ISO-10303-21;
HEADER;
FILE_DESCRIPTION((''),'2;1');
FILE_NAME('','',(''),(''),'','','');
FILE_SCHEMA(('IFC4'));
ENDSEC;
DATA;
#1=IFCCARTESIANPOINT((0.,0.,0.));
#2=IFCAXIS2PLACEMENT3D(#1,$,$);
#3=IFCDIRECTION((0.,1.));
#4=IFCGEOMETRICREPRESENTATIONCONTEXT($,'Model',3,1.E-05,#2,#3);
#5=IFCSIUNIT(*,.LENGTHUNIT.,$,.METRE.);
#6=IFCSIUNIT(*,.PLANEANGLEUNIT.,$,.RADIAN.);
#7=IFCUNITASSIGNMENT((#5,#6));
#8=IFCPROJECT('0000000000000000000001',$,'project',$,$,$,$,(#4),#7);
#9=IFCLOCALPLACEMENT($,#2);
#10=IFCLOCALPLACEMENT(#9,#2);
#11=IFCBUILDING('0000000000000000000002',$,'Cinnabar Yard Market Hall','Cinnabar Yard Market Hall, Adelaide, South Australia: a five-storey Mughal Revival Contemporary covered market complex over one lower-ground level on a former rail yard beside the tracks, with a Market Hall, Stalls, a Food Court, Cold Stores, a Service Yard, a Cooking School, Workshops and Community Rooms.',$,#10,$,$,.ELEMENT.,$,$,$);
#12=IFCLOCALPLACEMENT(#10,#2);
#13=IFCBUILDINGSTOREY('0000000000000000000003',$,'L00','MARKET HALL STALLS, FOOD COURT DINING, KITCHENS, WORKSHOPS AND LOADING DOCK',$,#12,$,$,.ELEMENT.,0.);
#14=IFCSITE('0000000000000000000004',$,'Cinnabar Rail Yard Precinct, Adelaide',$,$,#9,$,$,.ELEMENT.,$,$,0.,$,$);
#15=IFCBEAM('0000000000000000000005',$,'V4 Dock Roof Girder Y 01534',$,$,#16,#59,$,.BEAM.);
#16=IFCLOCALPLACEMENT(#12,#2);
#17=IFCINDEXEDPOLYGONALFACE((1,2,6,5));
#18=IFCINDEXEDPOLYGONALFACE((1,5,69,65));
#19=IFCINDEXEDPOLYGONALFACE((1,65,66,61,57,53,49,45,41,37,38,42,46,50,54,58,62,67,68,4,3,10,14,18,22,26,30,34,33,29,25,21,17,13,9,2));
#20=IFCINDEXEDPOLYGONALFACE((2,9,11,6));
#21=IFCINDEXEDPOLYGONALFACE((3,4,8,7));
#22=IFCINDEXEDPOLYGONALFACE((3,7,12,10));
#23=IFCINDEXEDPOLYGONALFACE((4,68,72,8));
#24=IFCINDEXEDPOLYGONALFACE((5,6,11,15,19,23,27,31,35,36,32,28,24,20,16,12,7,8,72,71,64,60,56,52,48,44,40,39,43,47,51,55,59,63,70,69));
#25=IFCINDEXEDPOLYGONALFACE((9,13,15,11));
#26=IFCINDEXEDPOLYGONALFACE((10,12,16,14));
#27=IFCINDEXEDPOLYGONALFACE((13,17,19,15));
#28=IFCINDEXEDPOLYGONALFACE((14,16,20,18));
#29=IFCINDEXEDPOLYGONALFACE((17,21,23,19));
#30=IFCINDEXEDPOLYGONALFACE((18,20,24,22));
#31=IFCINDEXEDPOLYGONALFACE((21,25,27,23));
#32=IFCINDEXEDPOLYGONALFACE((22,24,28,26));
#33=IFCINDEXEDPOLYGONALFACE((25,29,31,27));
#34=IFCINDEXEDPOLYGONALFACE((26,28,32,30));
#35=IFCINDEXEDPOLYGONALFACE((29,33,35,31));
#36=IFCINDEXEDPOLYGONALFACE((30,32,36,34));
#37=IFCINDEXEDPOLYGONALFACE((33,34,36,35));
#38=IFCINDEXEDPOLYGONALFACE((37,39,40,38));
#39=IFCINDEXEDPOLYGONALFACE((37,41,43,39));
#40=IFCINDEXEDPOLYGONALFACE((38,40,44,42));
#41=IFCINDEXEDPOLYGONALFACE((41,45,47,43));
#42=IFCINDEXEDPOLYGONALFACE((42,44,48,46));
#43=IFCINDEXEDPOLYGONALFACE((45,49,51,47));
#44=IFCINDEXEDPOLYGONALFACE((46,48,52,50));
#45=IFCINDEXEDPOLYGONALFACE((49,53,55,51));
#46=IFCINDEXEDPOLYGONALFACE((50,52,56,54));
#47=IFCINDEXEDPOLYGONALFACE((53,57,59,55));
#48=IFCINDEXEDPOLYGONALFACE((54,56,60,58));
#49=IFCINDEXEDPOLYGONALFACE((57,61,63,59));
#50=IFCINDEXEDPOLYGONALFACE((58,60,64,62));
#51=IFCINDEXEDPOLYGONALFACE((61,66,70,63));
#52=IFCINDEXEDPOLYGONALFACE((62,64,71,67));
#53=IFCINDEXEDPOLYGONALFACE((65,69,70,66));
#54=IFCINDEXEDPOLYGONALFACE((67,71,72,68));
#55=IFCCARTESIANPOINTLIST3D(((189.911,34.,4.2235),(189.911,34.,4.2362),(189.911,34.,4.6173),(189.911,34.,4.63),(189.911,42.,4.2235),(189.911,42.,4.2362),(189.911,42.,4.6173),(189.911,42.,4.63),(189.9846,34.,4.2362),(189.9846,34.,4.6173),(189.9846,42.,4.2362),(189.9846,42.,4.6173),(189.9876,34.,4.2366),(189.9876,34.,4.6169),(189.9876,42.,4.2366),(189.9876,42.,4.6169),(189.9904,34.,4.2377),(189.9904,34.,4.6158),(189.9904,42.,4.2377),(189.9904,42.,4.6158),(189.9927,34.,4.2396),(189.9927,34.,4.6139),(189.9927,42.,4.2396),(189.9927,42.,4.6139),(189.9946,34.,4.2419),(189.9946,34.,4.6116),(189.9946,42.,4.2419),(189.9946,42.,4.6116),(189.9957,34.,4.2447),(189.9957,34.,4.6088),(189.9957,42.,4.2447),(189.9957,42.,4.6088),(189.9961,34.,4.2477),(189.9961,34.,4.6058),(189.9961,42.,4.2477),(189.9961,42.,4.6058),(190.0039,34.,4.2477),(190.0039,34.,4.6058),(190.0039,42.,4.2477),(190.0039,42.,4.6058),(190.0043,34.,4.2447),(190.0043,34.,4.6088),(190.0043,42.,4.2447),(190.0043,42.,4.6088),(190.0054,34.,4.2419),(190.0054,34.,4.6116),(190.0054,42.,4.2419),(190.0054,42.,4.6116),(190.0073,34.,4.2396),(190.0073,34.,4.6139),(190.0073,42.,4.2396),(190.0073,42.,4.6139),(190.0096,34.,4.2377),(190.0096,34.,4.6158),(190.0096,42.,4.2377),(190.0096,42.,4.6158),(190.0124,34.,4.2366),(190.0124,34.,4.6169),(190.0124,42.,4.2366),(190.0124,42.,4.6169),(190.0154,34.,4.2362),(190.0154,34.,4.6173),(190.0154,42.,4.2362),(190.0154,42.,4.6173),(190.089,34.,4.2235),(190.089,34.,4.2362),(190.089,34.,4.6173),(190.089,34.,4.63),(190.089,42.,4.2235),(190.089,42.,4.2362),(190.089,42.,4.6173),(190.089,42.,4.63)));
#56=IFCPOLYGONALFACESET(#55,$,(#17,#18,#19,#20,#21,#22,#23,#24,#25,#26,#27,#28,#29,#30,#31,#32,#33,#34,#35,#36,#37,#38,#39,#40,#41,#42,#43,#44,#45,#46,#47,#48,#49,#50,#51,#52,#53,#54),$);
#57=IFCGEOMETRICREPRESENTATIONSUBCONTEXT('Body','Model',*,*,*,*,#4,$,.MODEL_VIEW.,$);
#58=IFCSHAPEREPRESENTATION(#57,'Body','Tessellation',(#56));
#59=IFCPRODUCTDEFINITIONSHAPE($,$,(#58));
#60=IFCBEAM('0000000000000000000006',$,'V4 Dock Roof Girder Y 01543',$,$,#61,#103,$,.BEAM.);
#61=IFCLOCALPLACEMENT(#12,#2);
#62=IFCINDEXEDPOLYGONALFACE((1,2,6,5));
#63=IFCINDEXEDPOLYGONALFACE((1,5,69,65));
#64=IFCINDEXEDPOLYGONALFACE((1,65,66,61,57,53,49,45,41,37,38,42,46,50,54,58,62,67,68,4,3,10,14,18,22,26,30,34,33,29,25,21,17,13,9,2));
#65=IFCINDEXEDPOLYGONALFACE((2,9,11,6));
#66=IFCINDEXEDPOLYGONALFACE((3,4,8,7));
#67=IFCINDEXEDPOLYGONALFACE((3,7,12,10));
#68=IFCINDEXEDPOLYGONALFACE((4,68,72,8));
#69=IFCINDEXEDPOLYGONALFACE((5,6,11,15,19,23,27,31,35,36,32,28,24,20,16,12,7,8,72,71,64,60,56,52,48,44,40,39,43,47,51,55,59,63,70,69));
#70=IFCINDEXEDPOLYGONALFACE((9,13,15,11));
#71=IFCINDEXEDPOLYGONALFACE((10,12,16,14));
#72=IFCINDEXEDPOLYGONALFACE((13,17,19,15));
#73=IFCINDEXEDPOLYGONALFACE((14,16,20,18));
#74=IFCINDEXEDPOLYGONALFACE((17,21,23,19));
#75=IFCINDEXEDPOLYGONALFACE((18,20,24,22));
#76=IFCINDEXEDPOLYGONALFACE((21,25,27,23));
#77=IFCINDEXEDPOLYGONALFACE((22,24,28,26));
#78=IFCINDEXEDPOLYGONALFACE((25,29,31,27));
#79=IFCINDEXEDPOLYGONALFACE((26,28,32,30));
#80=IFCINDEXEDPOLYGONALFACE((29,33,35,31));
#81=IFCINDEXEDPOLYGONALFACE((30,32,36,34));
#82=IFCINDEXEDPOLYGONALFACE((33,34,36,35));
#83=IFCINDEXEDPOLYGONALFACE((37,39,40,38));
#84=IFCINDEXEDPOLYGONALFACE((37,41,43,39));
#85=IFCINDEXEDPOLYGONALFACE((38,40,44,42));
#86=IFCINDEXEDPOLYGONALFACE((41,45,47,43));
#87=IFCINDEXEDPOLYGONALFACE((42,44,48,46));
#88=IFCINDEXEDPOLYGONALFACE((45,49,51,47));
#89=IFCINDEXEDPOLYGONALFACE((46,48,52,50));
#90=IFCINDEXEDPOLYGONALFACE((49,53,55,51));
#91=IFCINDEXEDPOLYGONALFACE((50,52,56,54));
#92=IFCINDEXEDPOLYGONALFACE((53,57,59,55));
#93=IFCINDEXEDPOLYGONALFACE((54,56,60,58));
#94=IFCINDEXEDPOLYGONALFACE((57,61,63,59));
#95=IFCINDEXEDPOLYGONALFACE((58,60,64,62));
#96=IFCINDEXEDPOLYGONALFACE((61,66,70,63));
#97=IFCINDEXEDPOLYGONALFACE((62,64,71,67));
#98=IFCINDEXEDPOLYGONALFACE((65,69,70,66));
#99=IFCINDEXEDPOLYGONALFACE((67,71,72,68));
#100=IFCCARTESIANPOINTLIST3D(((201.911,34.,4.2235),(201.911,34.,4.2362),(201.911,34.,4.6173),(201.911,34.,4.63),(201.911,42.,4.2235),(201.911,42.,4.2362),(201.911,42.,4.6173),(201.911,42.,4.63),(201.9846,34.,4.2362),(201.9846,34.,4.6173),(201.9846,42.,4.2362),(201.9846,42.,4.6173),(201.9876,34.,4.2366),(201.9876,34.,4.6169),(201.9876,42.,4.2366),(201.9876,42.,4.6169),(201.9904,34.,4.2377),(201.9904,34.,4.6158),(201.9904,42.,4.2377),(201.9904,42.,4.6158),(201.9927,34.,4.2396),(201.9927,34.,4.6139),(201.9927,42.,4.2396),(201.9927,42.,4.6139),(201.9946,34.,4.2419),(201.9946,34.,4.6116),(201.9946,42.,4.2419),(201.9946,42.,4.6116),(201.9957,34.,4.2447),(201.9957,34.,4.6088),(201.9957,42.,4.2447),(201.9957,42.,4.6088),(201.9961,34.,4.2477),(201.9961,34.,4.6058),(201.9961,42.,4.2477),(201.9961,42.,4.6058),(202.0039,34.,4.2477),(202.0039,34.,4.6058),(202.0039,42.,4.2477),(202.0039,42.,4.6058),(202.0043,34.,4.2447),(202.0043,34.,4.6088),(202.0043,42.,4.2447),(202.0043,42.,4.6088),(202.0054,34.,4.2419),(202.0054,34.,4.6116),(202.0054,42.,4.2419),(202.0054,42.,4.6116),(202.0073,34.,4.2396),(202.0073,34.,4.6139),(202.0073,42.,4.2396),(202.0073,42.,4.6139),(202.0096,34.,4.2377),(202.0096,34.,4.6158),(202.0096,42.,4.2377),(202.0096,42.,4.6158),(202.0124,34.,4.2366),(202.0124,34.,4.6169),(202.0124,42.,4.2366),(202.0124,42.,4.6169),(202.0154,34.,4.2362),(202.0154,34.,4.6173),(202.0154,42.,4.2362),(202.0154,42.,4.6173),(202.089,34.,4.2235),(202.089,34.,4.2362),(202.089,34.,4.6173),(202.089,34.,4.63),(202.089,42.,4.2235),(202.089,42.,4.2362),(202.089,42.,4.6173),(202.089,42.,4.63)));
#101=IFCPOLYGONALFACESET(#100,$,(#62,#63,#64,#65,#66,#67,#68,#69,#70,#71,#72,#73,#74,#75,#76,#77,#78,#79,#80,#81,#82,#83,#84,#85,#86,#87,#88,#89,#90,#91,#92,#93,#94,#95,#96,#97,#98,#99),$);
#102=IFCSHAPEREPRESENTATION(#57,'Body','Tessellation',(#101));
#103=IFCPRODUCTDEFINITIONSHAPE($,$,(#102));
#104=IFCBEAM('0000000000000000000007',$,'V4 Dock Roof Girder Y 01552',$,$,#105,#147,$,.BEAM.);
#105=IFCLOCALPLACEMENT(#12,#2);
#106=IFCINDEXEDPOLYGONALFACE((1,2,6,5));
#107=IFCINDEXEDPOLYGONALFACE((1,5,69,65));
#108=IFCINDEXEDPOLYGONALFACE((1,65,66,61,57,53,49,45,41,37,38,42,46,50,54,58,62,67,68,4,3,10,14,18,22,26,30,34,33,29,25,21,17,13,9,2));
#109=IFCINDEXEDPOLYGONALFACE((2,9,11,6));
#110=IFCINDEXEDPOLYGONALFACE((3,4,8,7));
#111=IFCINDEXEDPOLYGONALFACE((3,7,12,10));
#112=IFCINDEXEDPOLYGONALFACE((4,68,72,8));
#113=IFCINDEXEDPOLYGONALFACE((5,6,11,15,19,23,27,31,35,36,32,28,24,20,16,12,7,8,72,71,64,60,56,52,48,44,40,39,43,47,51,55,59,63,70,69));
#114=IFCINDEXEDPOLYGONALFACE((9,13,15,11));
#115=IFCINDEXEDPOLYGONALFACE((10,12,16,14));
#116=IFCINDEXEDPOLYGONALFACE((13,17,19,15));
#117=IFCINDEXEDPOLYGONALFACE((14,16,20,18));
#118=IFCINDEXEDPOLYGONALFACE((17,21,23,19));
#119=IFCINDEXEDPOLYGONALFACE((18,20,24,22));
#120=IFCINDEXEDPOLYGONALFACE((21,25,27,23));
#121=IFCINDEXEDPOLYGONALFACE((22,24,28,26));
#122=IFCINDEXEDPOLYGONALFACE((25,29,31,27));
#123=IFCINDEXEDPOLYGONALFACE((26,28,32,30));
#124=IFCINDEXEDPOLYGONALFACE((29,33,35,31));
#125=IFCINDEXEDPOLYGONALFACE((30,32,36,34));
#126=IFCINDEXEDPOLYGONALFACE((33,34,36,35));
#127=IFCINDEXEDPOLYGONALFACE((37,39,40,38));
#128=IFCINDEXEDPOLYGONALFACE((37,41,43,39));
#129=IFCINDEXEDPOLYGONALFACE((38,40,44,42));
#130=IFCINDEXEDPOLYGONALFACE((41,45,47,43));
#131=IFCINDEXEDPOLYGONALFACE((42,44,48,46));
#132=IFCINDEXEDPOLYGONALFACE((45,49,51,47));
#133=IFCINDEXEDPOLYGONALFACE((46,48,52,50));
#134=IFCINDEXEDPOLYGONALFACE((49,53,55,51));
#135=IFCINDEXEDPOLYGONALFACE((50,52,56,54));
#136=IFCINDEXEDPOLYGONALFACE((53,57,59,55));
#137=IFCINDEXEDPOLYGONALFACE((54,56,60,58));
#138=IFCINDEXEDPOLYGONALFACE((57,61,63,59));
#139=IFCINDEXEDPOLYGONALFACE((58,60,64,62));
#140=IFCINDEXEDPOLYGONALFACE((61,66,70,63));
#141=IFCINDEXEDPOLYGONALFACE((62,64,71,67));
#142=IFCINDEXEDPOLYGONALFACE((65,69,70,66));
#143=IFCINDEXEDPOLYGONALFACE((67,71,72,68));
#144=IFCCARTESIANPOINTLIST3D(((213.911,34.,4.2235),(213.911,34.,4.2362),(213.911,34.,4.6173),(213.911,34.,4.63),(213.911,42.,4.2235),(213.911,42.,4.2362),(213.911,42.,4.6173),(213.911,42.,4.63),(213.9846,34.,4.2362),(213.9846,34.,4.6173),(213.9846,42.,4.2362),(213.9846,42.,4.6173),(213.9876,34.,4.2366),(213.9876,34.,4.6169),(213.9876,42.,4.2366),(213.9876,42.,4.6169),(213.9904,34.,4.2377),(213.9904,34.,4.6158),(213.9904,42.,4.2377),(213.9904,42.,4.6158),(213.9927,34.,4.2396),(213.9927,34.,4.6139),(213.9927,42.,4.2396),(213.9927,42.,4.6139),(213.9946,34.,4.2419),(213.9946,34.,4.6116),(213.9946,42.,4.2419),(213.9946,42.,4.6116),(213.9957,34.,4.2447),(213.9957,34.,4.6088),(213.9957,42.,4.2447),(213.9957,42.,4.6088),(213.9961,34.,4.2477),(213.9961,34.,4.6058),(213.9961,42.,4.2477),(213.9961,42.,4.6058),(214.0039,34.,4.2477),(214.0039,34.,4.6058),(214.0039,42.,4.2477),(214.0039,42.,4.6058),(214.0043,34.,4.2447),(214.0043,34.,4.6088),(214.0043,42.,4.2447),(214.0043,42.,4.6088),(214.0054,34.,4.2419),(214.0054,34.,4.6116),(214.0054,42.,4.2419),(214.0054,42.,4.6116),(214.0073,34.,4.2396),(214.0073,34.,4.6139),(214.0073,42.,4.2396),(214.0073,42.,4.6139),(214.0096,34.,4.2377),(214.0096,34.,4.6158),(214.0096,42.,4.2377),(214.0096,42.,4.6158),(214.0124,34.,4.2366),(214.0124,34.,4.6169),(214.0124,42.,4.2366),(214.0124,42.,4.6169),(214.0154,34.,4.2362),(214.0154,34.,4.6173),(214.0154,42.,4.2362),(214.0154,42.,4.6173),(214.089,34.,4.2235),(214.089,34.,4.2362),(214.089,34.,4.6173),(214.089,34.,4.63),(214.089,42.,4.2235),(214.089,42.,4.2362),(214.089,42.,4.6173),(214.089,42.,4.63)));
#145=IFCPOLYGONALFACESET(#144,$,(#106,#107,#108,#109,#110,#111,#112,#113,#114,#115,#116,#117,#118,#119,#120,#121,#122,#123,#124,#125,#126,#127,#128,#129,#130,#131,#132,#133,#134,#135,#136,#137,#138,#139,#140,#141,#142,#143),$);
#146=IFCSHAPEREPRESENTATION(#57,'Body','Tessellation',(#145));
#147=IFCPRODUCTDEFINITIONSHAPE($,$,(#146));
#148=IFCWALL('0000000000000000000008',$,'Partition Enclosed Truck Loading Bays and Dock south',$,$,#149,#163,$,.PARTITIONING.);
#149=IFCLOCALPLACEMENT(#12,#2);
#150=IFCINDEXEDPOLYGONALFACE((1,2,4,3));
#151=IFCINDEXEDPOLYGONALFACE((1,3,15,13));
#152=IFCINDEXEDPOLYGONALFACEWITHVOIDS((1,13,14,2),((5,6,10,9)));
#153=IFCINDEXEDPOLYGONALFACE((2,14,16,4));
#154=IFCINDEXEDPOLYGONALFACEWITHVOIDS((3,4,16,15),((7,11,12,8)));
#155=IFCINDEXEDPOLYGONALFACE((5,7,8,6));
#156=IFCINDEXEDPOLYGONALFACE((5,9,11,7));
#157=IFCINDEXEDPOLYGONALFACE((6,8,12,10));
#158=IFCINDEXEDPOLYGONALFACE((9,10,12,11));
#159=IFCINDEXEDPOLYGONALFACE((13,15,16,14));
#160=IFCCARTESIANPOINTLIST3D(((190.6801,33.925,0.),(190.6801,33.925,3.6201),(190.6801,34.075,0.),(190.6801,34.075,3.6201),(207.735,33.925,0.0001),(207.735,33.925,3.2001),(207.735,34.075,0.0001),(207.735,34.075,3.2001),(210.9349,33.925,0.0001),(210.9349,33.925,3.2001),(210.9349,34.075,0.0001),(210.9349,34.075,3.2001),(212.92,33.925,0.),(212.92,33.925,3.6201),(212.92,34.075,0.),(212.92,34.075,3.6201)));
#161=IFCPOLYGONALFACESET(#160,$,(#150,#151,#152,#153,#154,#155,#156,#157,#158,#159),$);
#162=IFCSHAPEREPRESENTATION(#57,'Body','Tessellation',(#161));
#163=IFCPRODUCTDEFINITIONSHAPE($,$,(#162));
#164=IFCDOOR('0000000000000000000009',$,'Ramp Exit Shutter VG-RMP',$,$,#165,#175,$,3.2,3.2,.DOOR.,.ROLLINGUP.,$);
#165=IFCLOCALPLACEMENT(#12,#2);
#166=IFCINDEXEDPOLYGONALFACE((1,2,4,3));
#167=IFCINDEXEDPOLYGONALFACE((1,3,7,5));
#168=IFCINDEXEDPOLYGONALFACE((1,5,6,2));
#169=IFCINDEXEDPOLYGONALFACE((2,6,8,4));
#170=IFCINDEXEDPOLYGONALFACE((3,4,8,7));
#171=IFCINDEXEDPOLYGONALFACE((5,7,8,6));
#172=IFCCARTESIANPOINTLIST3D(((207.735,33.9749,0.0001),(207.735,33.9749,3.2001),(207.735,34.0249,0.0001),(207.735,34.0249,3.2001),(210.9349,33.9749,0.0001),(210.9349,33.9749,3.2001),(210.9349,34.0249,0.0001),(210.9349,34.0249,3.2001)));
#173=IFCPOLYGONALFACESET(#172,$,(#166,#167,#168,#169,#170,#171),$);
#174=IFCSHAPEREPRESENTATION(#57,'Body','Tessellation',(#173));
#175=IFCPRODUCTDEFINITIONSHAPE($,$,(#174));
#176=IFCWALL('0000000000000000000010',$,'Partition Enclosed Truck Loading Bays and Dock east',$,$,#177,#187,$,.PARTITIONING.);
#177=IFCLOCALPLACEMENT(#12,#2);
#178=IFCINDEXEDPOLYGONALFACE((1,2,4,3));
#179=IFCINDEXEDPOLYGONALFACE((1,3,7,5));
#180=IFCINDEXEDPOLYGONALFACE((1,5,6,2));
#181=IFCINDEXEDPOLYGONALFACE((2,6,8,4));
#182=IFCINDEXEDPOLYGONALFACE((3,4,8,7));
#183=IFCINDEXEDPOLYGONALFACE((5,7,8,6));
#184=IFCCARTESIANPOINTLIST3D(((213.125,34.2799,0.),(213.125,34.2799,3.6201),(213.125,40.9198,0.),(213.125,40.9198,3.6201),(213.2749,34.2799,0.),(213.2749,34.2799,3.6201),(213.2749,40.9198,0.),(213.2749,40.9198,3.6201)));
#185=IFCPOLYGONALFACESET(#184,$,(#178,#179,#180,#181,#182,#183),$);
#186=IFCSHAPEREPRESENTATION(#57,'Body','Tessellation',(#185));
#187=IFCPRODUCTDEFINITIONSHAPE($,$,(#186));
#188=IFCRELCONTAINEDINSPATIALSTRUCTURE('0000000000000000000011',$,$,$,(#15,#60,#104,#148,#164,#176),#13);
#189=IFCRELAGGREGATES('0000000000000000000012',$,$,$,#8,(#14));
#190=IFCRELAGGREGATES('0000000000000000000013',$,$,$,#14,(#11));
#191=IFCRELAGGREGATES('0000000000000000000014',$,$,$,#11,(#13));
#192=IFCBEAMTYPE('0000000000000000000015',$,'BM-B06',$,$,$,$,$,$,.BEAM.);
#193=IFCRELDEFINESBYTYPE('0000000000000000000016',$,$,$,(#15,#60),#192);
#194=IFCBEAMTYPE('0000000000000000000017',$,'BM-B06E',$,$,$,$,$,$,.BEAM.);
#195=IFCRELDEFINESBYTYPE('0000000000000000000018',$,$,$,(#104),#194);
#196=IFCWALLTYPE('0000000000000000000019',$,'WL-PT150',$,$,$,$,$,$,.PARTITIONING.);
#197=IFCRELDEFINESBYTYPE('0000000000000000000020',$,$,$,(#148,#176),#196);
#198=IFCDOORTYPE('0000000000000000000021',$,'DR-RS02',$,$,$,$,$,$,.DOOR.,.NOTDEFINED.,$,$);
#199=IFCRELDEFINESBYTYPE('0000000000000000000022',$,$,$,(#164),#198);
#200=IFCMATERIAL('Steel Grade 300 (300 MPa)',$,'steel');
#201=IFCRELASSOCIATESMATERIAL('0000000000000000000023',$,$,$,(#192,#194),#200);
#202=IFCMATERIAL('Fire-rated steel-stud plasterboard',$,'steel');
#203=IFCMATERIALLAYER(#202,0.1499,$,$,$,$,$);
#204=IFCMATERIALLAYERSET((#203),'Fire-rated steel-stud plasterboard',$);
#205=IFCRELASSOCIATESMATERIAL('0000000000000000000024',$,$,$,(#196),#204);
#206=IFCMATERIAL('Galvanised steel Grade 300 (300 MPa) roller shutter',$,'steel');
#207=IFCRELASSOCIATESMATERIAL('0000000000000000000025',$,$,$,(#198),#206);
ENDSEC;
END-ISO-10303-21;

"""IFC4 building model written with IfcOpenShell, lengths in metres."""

from ifc_helpers import new_model, si_unit, direction, frame, frame_2d, origin, origin_2d_with_axis, place, context, subcontext, project, spatial, rectangle, i_section, extrude, material, layer, layer_set, material_profile, profile_set, type_object, element, fill, save


model = new_model("IFC4")

# Units and contexts
model_context = context("Model", 3, precision=1e-05, world=origin(), true_north=direction((0.0, 1.0)))
body_context = subcontext(model_context, "Body", "Model", "MODEL_VIEW")
ifc_project = project(units=[si_unit("LENGTHUNIT", "METRE"), si_unit("PLANEANGLEUNIT", "RADIAN")], contexts=[model_context])

# Site, building, storey
site_placement = place(None, origin())
site = spatial("IfcSite", under=ifc_project, at=site_placement, Name="Cinnabar Rail Yard Precinct, Adelaide", CompositionType="ELEMENT", RefElevation=0.0)
building_placement = place(site_placement, origin())
building = spatial("IfcBuilding", under=site, at=building_placement, Name="Cinnabar Yard Market Hall", Description="Cinnabar Yard Market Hall, Adelaide, South Australia: a five-storey Mughal Revival Contemporary covered market complex over one lower-ground level on a former rail yard beside the tracks, with a Market Hall, Stalls, a Food Court, Cold Stores, a Service Yard, a Cooking School, Workshops and Community Rooms.", CompositionType="ELEMENT")
storey_placement = place(building_placement, origin())
storey = spatial("IfcBuildingStorey", under=building, at=storey_placement, Name="L00", Description="MARKET HALL STALLS, FOOD COURT DINING, KITCHENS, WORKSHOPS AND LOADING DOCK", CompositionType="ELEMENT", Elevation=0.0)

# Beams
ifc_material_1 = material(Name="Steel Grade 300 (300 MPa)", Category="steel")
ifc_material_profile_1 = material_profile(ifc_material_1, i_section(OverallWidth=0.178, OverallDepth=0.4065, WebThickness=0.0078, FlangeThickness=0.0127, FilletRadius=0.0115, at=origin_2d_with_axis()), Name="410UB59.7")
ifc_profile_set_1 = profile_set([ifc_material_profile_1], Name="Steel Grade 300 (300 MPa)")
beam_type_1 = type_object("IfcBeamType", Name="BM-B06", PredefinedType="BEAM", material=ifc_profile_set_1)
for number, where, z_axis, x_axis, name in (
    (1, (190.0, 34.0, 4.4268), (0.0, 1.0, 0.0), (-1.0, 0.0, 0.0), "V4 Dock Roof Girder Y 01534"),
    (2, (202.0, 34.0, 4.4268), (0.0, 1.0, 0.0), (-1.0, 0.0, 0.0), "V4 Dock Roof Girder Y 01543"),
):
    element("IfcBeam", number, at=place(storey_placement, frame(where, z_axis=z_axis, x_axis=x_axis)), inside=storey, type_object=beam_type_1, Name=name, PredefinedType="BEAM", context=body_context, shape_type="SweptSolid", body=[
        extrude(i_section(OverallWidth=0.178, OverallDepth=0.4065, WebThickness=0.0078, FlangeThickness=0.0127, FilletRadius=0.0115, at=origin_2d_with_axis()), origin(), (0.0, 0.0, 1.0), 8.0),
    ])
ifc_material_profile_2 = material_profile(ifc_material_1, i_section(OverallWidth=0.178, OverallDepth=0.4065, WebThickness=0.0078, FlangeThickness=0.0127, FilletRadius=0.0115, at=origin_2d_with_axis()), Name="410UB59.7")
ifc_profile_set_2 = profile_set([ifc_material_profile_2], Name="Steel Grade 300 (300 MPa)")
beam_type_2 = type_object("IfcBeamType", Name="BM-B06E", PredefinedType="BEAM", material=ifc_profile_set_2)
beam_placement = place(storey_placement, frame((214.0, 34.0, 4.4268), z_axis=(0.0, 1.0, 0.0), x_axis=(-1.0, 0.0, 0.0)))
element("IfcBeam", 3, at=beam_placement, inside=storey, type_object=beam_type_2, Name="V4 Dock Roof Girder Y 01552", PredefinedType="BEAM", context=body_context, shape_type="SweptSolid", body=[
    extrude(i_section(OverallWidth=0.178, OverallDepth=0.4065, WebThickness=0.0078, FlangeThickness=0.0127, FilletRadius=0.0115, at=origin_2d_with_axis()), origin(), (0.0, 0.0, 1.0), 8.0),
])

# Wall, opening, door
ifc_material_2 = material(Name="Fire-rated steel-stud plasterboard", Category="steel")
ifc_layer_1 = layer(ifc_material_2, 0.1499)
ifc_layer_set_1 = layer_set([ifc_layer_1], Name="Fire-rated steel-stud plasterboard")
wall_type_1 = type_object("IfcWallType", Name="WL-PT150", PredefinedType="PARTITIONING", material=ifc_layer_set_1)
wall_1_placement = place(storey_placement, frame((190.6799, 34.0, 0.0), z_axis=(0.0, 0.0, 1.0), x_axis=(1.0, 0.0, 0.0)))
wall_1 = element("IfcWall", 4, at=wall_1_placement, inside=storey, type_object=wall_type_1, Name="Partition Enclosed Truck Loading Bays and Dock south", PredefinedType="PARTITIONING", context=body_context, shape_type="SweptSolid", body=[
    extrude(rectangle(XDim=22.24, YDim=0.1499, at=frame_2d((11.1201, 0.0), x_axis=(1.0, 0.0))), origin(), (0.0, 0.0, 1.0), 3.6201),
])
opening_1_placement = place(wall_1_placement, frame((17.0549, 0.0, 0.0)))
opening_1 = element("IfcOpeningElement", 5, at=opening_1_placement, cuts=wall_1, PredefinedType="OPENING", context=body_context, shape_type="SweptSolid", body=[
    extrude(rectangle(XDim=3.2, YDim=3.2, at=frame_2d((1.6001, 1.6001), x_axis=(1.0, 0.0))), frame((0.0, 0.085, 0.0), z_axis=(0.0, -1.0, 0.0), x_axis=(1.0, 0.0, 0.0)), (0.0, 0.0, 1.0), 0.1699),
])
ifc_material_3 = material(Name="Galvanised steel Grade 300 (300 MPa) roller shutter", Category="steel")
door_type_1 = type_object("IfcDoorType", Name="DR-RS02", OperationType="NOTDEFINED", PredefinedType="DOOR", material=ifc_material_3)
door_1_placement = place(opening_1_placement, origin())
door_1 = element("IfcDoor", 6, at=door_1_placement, inside=storey, type_object=door_type_1, Name="Ramp Exit Shutter VG-RMP", OperationType="ROLLINGUP", OverallHeight=3.2, OverallWidth=3.2, PredefinedType="DOOR", context=body_context, shape_type="SweptSolid", body=[
    extrude(rectangle(XDim=3.2, YDim=3.2, at=frame_2d((1.6001, 1.6001), x_axis=(1.0, 0.0))), frame((0.0, 0.0249, 0.0), z_axis=(0.0, -1.0, 0.0), x_axis=(1.0, 0.0, 0.0)), (0.0, 0.0, 1.0), 0.05),
])
fill(opening_1, door_1)

# Wall
wall_2_placement = place(storey_placement, frame((213.2, 34.28, 0.0), z_axis=(0.0, 0.0, 1.0), x_axis=(0.0, 1.0, 0.0)))
element("IfcWall", 7, at=wall_2_placement, inside=storey, type_object=wall_type_1, Name="Partition Enclosed Truck Loading Bays and Dock east", PredefinedType="PARTITIONING", context=body_context, shape_type="SweptSolid", body=[
    extrude(rectangle(XDim=6.6399, YDim=0.1499, at=frame_2d((3.3198, 0.0), x_axis=(1.0, 0.0))), origin(), (0.0, 0.0, 1.0), 3.6201),
])

save(model, "model.ifc")
